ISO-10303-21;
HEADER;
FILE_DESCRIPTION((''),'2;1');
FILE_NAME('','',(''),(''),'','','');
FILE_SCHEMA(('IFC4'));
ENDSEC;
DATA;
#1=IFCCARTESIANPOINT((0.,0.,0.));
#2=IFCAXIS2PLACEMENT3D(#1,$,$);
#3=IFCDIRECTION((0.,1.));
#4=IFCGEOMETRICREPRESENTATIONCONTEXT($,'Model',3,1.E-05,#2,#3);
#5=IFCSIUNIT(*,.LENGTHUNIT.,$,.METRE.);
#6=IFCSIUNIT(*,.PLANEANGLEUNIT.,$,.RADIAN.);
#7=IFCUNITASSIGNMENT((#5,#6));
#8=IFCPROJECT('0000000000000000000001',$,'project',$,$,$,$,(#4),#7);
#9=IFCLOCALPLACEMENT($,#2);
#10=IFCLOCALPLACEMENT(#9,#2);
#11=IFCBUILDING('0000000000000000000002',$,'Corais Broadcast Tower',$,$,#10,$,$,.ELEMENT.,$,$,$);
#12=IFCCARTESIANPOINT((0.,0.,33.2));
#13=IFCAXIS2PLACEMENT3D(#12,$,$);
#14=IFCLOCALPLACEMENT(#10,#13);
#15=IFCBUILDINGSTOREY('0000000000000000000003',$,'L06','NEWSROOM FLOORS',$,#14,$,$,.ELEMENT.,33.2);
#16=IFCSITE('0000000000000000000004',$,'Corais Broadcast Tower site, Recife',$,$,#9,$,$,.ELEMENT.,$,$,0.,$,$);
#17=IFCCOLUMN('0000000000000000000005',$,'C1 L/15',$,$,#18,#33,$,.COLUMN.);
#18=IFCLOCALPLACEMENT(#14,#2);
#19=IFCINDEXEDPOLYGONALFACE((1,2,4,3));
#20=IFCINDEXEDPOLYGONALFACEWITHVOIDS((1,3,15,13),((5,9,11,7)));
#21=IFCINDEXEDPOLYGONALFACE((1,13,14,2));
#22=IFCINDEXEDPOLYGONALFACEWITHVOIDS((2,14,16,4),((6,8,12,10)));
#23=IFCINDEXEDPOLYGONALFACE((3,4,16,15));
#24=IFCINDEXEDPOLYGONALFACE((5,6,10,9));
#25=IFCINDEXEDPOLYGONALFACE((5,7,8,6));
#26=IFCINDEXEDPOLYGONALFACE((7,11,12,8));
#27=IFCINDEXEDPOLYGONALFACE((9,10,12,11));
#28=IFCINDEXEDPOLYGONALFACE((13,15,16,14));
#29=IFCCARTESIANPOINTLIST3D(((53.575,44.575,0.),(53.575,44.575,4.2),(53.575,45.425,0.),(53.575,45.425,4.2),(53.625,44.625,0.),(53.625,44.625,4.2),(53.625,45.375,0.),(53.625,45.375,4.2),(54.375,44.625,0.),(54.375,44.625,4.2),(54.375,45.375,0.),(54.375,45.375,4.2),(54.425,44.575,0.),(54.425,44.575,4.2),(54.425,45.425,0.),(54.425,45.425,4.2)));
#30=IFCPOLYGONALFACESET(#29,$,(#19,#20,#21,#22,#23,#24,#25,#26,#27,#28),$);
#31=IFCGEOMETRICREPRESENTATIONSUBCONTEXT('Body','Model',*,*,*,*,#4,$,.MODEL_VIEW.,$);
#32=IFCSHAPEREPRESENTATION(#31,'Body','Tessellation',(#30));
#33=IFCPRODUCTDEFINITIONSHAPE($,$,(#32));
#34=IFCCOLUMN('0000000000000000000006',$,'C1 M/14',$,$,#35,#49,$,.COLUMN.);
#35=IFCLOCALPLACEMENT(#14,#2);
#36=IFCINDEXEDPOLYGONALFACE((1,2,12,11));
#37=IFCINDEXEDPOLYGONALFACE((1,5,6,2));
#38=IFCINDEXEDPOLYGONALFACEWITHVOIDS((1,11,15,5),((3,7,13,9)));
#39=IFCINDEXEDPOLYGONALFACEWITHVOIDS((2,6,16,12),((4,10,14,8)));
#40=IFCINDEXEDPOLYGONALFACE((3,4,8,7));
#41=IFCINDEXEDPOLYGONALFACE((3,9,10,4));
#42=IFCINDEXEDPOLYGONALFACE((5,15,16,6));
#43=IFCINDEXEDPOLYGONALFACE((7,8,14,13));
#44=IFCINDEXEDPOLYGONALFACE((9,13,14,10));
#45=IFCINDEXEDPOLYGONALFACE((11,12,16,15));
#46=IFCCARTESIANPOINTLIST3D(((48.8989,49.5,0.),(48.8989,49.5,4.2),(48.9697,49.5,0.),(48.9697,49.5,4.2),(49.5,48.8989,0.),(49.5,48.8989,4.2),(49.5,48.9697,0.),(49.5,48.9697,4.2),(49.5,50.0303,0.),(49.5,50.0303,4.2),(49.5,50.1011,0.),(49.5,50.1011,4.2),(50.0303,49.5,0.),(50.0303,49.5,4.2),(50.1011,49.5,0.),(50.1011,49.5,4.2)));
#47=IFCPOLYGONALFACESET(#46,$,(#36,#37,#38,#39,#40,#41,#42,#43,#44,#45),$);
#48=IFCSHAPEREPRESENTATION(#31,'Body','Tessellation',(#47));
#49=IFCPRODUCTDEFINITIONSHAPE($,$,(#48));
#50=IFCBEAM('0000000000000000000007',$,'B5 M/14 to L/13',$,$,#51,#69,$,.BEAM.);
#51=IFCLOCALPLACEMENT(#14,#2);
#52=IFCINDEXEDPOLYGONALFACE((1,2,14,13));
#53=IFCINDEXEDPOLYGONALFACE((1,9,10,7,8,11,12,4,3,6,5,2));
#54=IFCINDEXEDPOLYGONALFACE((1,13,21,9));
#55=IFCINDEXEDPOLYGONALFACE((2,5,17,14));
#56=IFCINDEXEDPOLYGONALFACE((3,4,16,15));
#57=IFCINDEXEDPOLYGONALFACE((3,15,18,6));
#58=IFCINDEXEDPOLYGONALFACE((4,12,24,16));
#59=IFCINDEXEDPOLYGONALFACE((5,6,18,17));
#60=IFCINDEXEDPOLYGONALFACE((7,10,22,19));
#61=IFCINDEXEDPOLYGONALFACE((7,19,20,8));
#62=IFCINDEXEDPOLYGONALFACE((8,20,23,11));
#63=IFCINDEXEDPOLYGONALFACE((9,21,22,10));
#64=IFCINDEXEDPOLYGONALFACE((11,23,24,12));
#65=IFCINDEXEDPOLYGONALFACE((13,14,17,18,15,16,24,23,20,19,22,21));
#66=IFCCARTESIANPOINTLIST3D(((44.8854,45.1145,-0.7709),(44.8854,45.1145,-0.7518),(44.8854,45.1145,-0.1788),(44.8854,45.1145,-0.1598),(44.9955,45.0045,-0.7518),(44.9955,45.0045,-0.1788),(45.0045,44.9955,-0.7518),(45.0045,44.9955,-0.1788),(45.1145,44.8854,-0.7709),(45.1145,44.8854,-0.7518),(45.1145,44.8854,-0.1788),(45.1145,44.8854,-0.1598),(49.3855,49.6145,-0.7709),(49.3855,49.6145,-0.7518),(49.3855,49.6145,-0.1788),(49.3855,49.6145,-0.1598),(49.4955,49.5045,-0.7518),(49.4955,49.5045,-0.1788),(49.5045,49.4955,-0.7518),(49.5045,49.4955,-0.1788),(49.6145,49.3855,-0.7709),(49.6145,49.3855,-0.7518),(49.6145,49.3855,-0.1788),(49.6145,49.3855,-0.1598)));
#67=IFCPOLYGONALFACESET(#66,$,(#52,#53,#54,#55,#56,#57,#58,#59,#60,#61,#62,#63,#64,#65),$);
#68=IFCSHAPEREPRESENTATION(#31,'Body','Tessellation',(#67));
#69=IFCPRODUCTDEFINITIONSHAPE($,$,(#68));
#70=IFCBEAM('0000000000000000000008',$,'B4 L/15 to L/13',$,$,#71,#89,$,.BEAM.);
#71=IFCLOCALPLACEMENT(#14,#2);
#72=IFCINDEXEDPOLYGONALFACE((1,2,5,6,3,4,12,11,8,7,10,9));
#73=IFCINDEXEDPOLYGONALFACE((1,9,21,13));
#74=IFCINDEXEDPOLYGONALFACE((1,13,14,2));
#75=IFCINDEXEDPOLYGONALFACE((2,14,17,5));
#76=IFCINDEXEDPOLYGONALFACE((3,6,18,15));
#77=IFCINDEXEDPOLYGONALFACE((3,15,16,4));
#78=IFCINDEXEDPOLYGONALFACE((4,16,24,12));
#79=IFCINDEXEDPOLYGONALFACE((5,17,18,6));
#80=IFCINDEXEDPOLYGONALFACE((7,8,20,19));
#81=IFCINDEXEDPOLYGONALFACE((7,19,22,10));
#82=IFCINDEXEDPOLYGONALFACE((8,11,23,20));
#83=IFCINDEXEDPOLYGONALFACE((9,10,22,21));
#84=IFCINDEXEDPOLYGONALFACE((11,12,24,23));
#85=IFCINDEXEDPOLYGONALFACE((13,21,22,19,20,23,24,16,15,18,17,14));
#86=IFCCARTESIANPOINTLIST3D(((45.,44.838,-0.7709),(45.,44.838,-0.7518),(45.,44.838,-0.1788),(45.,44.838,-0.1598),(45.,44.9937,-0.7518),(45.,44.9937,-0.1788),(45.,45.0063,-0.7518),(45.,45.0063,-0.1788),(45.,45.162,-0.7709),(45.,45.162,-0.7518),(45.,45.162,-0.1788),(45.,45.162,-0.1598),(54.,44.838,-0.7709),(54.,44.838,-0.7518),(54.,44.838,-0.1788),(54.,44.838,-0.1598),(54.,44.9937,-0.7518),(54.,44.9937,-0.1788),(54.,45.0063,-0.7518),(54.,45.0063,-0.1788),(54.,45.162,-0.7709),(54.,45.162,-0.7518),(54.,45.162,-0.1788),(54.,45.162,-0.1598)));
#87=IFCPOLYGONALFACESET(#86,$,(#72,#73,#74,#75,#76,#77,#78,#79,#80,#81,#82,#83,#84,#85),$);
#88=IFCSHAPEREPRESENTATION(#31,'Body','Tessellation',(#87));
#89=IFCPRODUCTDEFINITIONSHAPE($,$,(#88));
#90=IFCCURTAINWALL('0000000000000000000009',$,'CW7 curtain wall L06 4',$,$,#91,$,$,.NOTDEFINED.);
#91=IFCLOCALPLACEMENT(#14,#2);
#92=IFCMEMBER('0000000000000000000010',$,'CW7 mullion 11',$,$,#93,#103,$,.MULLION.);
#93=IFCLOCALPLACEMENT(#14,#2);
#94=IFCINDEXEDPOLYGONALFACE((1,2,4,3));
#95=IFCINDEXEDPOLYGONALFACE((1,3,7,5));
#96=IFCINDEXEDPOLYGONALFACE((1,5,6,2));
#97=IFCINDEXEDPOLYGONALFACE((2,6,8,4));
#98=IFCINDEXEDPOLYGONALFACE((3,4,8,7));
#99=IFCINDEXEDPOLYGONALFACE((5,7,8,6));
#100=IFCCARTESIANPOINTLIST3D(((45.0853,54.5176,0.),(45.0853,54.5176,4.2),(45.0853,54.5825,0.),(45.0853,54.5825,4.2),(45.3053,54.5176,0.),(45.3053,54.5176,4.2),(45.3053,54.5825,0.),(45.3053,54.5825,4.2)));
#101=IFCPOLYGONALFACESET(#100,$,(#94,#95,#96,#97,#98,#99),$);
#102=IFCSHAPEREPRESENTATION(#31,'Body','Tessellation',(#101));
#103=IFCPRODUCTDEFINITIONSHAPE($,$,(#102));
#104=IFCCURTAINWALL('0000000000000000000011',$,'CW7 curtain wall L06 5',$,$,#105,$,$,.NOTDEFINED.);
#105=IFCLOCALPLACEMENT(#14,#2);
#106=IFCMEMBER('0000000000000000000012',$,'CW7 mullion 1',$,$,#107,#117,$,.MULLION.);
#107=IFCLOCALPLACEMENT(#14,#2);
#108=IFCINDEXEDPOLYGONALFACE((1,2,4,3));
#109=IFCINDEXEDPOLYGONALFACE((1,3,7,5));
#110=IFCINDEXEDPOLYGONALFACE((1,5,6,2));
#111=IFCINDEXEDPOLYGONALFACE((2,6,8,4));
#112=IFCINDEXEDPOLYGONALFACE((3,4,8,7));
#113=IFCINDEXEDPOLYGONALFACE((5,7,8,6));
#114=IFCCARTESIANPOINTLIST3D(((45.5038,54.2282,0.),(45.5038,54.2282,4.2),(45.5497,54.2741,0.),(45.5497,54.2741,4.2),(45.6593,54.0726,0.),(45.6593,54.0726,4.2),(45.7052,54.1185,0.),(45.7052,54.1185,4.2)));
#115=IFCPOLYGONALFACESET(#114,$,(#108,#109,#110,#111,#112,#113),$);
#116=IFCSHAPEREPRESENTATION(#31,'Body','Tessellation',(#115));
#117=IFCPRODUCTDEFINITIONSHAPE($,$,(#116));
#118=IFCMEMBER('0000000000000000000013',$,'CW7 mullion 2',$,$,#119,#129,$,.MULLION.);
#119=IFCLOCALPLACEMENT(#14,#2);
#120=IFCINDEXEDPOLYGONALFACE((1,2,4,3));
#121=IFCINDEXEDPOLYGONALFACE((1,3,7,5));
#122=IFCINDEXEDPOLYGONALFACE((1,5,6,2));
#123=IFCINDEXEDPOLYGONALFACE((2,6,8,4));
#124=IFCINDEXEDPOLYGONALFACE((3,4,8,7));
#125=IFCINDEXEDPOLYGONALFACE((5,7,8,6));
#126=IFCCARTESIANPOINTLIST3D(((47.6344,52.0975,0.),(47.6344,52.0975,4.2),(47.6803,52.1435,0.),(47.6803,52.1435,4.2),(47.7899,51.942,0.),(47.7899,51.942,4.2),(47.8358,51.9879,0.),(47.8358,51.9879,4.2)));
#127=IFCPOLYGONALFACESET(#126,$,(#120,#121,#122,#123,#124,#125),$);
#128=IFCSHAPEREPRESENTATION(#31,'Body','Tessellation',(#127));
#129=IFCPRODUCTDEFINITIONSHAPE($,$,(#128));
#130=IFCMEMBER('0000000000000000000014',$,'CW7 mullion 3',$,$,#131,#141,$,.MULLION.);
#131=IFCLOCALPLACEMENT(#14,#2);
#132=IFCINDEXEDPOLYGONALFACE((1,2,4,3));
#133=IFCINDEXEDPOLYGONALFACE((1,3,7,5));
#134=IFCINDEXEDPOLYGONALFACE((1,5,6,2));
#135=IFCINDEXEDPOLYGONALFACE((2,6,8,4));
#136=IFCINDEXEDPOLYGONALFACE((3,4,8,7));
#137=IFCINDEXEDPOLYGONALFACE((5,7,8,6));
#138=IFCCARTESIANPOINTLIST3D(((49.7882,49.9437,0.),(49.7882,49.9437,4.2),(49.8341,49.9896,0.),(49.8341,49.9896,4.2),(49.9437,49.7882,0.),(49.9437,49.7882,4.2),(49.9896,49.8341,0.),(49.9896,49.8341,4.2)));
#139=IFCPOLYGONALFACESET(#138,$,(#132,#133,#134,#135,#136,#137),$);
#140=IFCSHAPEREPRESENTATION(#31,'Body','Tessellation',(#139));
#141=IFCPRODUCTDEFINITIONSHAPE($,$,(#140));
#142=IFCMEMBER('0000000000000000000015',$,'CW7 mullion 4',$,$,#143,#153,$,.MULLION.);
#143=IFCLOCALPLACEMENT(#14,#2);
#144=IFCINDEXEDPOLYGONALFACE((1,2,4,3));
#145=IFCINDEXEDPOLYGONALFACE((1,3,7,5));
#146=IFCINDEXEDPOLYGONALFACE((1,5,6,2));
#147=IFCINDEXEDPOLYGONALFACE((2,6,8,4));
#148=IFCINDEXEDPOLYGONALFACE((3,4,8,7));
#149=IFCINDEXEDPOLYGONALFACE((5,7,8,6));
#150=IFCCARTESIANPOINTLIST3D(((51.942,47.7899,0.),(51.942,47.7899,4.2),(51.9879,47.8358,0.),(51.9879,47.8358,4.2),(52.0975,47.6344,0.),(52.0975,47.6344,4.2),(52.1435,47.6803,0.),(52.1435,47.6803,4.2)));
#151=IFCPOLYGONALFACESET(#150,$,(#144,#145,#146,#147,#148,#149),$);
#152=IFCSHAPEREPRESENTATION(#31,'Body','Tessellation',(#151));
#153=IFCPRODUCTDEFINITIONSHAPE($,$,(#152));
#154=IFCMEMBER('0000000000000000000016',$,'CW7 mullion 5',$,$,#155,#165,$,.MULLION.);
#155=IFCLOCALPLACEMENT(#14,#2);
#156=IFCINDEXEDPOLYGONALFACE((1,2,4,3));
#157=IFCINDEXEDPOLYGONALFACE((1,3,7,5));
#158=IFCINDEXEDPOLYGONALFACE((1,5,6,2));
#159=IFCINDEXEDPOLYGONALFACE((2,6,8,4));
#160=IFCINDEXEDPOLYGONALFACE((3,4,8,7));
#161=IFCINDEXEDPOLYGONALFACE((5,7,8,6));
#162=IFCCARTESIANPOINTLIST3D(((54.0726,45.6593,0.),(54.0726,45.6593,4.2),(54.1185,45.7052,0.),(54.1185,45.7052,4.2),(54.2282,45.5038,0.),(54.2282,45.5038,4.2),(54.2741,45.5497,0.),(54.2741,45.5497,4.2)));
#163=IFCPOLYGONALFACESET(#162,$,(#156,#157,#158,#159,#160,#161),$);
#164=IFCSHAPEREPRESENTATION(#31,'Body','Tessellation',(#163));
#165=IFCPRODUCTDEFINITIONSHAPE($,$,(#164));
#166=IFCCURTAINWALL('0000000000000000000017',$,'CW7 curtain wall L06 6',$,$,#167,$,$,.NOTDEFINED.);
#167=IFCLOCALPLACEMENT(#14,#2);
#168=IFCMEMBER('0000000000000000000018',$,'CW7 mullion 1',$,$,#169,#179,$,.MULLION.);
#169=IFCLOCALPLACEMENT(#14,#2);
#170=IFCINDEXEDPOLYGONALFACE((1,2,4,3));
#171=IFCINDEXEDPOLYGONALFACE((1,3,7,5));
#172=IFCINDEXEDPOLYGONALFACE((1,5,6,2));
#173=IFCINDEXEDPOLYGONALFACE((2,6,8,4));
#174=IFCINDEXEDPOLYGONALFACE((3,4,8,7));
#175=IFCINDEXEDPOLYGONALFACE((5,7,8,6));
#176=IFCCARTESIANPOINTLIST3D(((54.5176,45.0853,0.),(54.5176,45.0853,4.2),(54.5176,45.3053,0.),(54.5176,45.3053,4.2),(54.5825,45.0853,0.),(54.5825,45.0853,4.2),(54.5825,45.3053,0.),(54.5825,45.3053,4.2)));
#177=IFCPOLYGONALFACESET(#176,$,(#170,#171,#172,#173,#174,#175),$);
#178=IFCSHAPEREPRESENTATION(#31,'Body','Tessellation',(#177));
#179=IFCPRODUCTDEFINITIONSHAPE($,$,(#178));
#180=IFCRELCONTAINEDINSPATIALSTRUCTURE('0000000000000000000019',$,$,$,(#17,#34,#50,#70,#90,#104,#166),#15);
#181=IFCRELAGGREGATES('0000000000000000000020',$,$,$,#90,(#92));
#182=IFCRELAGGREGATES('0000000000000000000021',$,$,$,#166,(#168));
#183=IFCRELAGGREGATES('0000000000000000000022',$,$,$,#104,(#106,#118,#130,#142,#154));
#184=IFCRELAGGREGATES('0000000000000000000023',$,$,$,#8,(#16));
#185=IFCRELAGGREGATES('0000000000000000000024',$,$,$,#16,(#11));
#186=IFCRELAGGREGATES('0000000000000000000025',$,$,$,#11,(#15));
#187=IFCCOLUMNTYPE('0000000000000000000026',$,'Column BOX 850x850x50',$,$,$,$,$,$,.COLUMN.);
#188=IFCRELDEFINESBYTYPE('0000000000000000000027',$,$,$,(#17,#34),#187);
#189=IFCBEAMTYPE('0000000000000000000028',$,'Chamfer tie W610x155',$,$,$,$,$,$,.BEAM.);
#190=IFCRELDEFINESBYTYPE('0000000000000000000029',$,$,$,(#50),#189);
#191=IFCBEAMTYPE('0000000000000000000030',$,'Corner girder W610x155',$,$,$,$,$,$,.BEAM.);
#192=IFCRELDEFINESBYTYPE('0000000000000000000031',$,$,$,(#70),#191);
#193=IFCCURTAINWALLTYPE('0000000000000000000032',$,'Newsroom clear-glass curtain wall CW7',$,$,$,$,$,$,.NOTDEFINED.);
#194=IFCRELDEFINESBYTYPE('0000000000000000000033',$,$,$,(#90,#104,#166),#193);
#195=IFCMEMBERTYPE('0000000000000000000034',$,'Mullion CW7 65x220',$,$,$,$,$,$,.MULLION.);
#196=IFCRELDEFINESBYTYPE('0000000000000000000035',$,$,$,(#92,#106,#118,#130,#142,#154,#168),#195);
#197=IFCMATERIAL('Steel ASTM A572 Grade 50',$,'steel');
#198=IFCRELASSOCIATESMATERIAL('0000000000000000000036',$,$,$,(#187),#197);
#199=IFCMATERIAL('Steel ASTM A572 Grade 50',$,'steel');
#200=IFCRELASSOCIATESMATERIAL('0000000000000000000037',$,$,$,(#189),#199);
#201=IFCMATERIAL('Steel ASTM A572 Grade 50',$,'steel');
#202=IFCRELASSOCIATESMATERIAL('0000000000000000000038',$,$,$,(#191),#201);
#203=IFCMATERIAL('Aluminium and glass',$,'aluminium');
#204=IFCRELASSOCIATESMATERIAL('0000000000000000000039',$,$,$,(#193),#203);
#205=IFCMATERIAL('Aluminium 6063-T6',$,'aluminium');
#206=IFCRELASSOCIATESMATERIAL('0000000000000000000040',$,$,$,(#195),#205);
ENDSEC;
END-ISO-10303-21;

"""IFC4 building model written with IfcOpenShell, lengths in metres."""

from ifc_helpers import new_model, si_unit, direction, frame, origin, origin_2d, place, context, subcontext, project, spatial, rectangle, hollow_rectangle, i_section, extrude, material, material_profile, profile_set, type_object, element, aggregate, save


model = new_model("IFC4")

# Units and contexts
model_context = context("Model", 3, precision=1e-05, world=origin(), true_north=direction((0.0, 1.0)))
body_context = subcontext(model_context, "Body", "Model", "MODEL_VIEW")
ifc_project = project(units=[si_unit("LENGTHUNIT", "METRE"), si_unit("PLANEANGLEUNIT", "RADIAN")], contexts=[model_context])

# Site, building, storey
site_placement = place(None, origin())
site = spatial("IfcSite", under=ifc_project, at=site_placement, Name="Corais Broadcast Tower site, Recife", CompositionType="ELEMENT", RefElevation=0.0)
building_placement = place(site_placement, origin())
building = spatial("IfcBuilding", under=site, at=building_placement, Name="Corais Broadcast Tower", CompositionType="ELEMENT")
storey_placement = place(building_placement, frame((0.0, 0.0, 33.2)))
storey = spatial("IfcBuildingStorey", under=building, at=storey_placement, Name="L06", Description="NEWSROOM FLOORS", CompositionType="ELEMENT", Elevation=33.2)

# Columns
ifc_material_1 = material(Name="Steel ASTM A572 Grade 50", Category="steel")
ifc_material_profile_1 = material_profile(ifc_material_1, hollow_rectangle(XDim=0.8501, YDim=0.8501, WallThickness=0.05, at=origin_2d()), Name="BOX 850x850x50")
ifc_profile_set_1 = profile_set([ifc_material_profile_1], Name="Steel ASTM A572 Grade 50")
column_type = type_object("IfcColumnType", Name="Column BOX 850x850x50", PredefinedType="COLUMN", material=ifc_profile_set_1)
for number, where, z_axis, x_axis, name in (
    (1, (54.0, 45.0, 0.0), (0.0, 0.0, 1.0), (1.0, 0.0, 0.0), "C1 L/15"),
    (2, (49.5, 49.5, 0.0), (0.0, 0.0, 1.0), (0.707107, 0.707107, 0.0), "C1 M/14"),
):
    element("IfcColumn", number, at=place(storey_placement, frame(where, z_axis=z_axis, x_axis=x_axis)), inside=storey, type_object=column_type, Name=name, PredefinedType="COLUMN", context=body_context, shape_type="SweptSolid", body=[
        extrude(hollow_rectangle(XDim=0.8501, YDim=0.8501, WallThickness=0.05, at=origin_2d()), origin(), (0.0, 0.0, 1.0), 4.2),
    ])

# Beams
ifc_material_2 = material(Name="Steel ASTM A572 Grade 50", Category="steel")
ifc_material_profile_2 = material_profile(ifc_material_2, i_section(OverallWidth=0.324, OverallDepth=0.6111, WebThickness=0.0127, FlangeThickness=0.019, at=origin_2d()), Name="W610x155")
ifc_profile_set_2 = profile_set([ifc_material_profile_2], Name="Steel ASTM A572 Grade 50")
beam_type_1 = type_object("IfcBeamType", Name="Chamfer tie W610x155", PredefinedType="BEAM", material=ifc_profile_set_2)
beam_1_placement = place(storey_placement, frame((49.5, 49.5, -0.4653), z_axis=(-0.707107, -0.707107, 0.0), x_axis=(0.707107, -0.707107, 0.0)))
element("IfcBeam", 3, at=beam_1_placement, inside=storey, type_object=beam_type_1, Name="B5 M/14 to L/13", PredefinedType="BEAM", context=body_context, shape_type="SweptSolid", body=[
    extrude(i_section(OverallWidth=0.324, OverallDepth=0.6111, WebThickness=0.0127, FlangeThickness=0.019, at=origin_2d()), origin(), (0.0, 0.0, 1.0), 6.364),
])
ifc_material_3 = material(Name="Steel ASTM A572 Grade 50", Category="steel")
ifc_material_profile_3 = material_profile(ifc_material_3, i_section(OverallWidth=0.324, OverallDepth=0.6111, WebThickness=0.0127, FlangeThickness=0.019, at=origin_2d()), Name="W610x155")
ifc_profile_set_3 = profile_set([ifc_material_profile_3], Name="Steel ASTM A572 Grade 50")
beam_type_2 = type_object("IfcBeamType", Name="Corner girder W610x155", PredefinedType="BEAM", material=ifc_profile_set_3)
beam_2_placement = place(storey_placement, frame((54.0, 45.0, -0.4653), z_axis=(-1.0, 0.0, 0.0), x_axis=(0.0, -1.0, 0.0)))
element("IfcBeam", 4, at=beam_2_placement, inside=storey, type_object=beam_type_2, Name="B4 L/15 to L/13", PredefinedType="BEAM", context=body_context, shape_type="SweptSolid", body=[
    extrude(i_section(OverallWidth=0.324, OverallDepth=0.6111, WebThickness=0.0127, FlangeThickness=0.019, at=origin_2d()), origin(), (0.0, 0.0, 1.0), 9.0),
])

# Curtain wall, member
ifc_material_4 = material(Name="Aluminium and glass", Category="aluminium")
curtain_wall_type = type_object("IfcCurtainWallType", Name="Newsroom clear-glass curtain wall CW7", PredefinedType="NOTDEFINED", material=ifc_material_4)
curtain_wall_1_placement = place(storey_placement, origin())
curtain_wall_1 = element("IfcCurtainWall", 5, at=curtain_wall_1_placement, inside=storey, type_object=curtain_wall_type, Name="CW7 curtain wall L06 4", PredefinedType="NOTDEFINED")
ifc_material_5 = material(Name="Aluminium 6063-T6", Category="aluminium")
ifc_material_profile_4 = material_profile(ifc_material_5, rectangle(XDim=0.0649, YDim=0.22, at=origin_2d()), Name="Mullion CW7 65x220")
ifc_profile_set_4 = profile_set([ifc_material_profile_4], Name="Aluminium 6063-T6")
member_type_1 = type_object("IfcMemberType", Name="Mullion CW7 65x220", PredefinedType="MULLION", material=ifc_profile_set_4)
member_1_placement = place(storey_placement, frame((45.1953, 54.55, 0.0), z_axis=(0.0, 0.0, 1.0), x_axis=(0.0, 1.0, 0.0)))
member_1 = element("IfcMember", 6, at=member_1_placement, type_object=member_type_1, Name="CW7 mullion 11", PredefinedType="MULLION", context=body_context, shape_type="SweptSolid", body=[
    extrude(rectangle(XDim=0.0649, YDim=0.22, at=origin_2d()), origin(), (0.0, 0.0, 1.0), 4.2),
])
aggregate(curtain_wall_1, [member_1])

# Curtain wall, members
curtain_wall_2_placement = place(storey_placement, origin())
curtain_wall_2 = element("IfcCurtainWall", 7, at=curtain_wall_2_placement, inside=storey, type_object=curtain_wall_type, Name="CW7 curtain wall L06 5", PredefinedType="NOTDEFINED")
member_2_placement = place(storey_placement, frame((45.6045, 54.1733, 0.0), z_axis=(0.0, 0.0, 1.0), x_axis=(0.707107, 0.707107, 0.0)))
member_2 = element("IfcMember", 8, at=member_2_placement, type_object=member_type_1, Name="CW7 mullion 1", PredefinedType="MULLION", context=body_context, shape_type="SweptSolid", body=[
    extrude(rectangle(XDim=0.0649, YDim=0.22, at=origin_2d()), origin(), (0.0, 0.0, 1.0), 4.2),
])
member_3_placement = place(storey_placement, frame((47.7351, 52.0427, 0.0), z_axis=(0.0, 0.0, 1.0), x_axis=(0.707107, 0.707107, 0.0)))
member_3 = element("IfcMember", 9, at=member_3_placement, type_object=member_type_1, Name="CW7 mullion 2", PredefinedType="MULLION", context=body_context, shape_type="SweptSolid", body=[
    extrude(rectangle(XDim=0.0649, YDim=0.22, at=origin_2d()), origin(), (0.0, 0.0, 1.0), 4.2),
])
member_4_placement = place(storey_placement, frame((49.8889, 49.8889, 0.0), z_axis=(0.0, 0.0, 1.0), x_axis=(0.707107, 0.707107, 0.0)))
member_4 = element("IfcMember", 10, at=member_4_placement, type_object=member_type_1, Name="CW7 mullion 3", PredefinedType="MULLION", context=body_context, shape_type="SweptSolid", body=[
    extrude(rectangle(XDim=0.0649, YDim=0.22, at=origin_2d()), origin(), (0.0, 0.0, 1.0), 4.2),
])
member_5_placement = place(storey_placement, frame((52.0427, 47.7351, 0.0), z_axis=(0.0, 0.0, 1.0), x_axis=(0.707107, 0.707107, 0.0)))
member_5 = element("IfcMember", 11, at=member_5_placement, type_object=member_type_1, Name="CW7 mullion 4", PredefinedType="MULLION", context=body_context, shape_type="SweptSolid", body=[
    extrude(rectangle(XDim=0.0649, YDim=0.22, at=origin_2d()), origin(), (0.0, 0.0, 1.0), 4.2),
])
member_6_placement = place(storey_placement, frame((54.1733, 45.6045, 0.0), z_axis=(0.0, 0.0, 1.0), x_axis=(0.707107, 0.707107, 0.0)))
member_6 = element("IfcMember", 12, at=member_6_placement, type_object=member_type_1, Name="CW7 mullion 5", PredefinedType="MULLION", context=body_context, shape_type="SweptSolid", body=[
    extrude(rectangle(XDim=0.0649, YDim=0.22, at=origin_2d()), origin(), (0.0, 0.0, 1.0), 4.2),
])

# Curtain wall, member
curtain_wall_3_placement = place(storey_placement, origin())
curtain_wall_3 = element("IfcCurtainWall", 13, at=curtain_wall_3_placement, inside=storey, type_object=curtain_wall_type, Name="CW7 curtain wall L06 6", PredefinedType="NOTDEFINED")
member_7_placement = place(storey_placement, frame((54.55, 45.1953, 0.0), z_axis=(0.0, 0.0, 1.0), x_axis=(1.0, 0.0, 0.0)))
member_7 = element("IfcMember", 14, at=member_7_placement, type_object=member_type_1, Name="CW7 mullion 1", PredefinedType="MULLION", context=body_context, shape_type="SweptSolid", body=[
    extrude(rectangle(XDim=0.0649, YDim=0.22, at=origin_2d()), origin(), (0.0, 0.0, 1.0), 4.2),
])

aggregate(curtain_wall_3, [member_7])
aggregate(curtain_wall_2, [member_2, member_3, member_4, member_5, member_6])

save(model, "model.ifc")
